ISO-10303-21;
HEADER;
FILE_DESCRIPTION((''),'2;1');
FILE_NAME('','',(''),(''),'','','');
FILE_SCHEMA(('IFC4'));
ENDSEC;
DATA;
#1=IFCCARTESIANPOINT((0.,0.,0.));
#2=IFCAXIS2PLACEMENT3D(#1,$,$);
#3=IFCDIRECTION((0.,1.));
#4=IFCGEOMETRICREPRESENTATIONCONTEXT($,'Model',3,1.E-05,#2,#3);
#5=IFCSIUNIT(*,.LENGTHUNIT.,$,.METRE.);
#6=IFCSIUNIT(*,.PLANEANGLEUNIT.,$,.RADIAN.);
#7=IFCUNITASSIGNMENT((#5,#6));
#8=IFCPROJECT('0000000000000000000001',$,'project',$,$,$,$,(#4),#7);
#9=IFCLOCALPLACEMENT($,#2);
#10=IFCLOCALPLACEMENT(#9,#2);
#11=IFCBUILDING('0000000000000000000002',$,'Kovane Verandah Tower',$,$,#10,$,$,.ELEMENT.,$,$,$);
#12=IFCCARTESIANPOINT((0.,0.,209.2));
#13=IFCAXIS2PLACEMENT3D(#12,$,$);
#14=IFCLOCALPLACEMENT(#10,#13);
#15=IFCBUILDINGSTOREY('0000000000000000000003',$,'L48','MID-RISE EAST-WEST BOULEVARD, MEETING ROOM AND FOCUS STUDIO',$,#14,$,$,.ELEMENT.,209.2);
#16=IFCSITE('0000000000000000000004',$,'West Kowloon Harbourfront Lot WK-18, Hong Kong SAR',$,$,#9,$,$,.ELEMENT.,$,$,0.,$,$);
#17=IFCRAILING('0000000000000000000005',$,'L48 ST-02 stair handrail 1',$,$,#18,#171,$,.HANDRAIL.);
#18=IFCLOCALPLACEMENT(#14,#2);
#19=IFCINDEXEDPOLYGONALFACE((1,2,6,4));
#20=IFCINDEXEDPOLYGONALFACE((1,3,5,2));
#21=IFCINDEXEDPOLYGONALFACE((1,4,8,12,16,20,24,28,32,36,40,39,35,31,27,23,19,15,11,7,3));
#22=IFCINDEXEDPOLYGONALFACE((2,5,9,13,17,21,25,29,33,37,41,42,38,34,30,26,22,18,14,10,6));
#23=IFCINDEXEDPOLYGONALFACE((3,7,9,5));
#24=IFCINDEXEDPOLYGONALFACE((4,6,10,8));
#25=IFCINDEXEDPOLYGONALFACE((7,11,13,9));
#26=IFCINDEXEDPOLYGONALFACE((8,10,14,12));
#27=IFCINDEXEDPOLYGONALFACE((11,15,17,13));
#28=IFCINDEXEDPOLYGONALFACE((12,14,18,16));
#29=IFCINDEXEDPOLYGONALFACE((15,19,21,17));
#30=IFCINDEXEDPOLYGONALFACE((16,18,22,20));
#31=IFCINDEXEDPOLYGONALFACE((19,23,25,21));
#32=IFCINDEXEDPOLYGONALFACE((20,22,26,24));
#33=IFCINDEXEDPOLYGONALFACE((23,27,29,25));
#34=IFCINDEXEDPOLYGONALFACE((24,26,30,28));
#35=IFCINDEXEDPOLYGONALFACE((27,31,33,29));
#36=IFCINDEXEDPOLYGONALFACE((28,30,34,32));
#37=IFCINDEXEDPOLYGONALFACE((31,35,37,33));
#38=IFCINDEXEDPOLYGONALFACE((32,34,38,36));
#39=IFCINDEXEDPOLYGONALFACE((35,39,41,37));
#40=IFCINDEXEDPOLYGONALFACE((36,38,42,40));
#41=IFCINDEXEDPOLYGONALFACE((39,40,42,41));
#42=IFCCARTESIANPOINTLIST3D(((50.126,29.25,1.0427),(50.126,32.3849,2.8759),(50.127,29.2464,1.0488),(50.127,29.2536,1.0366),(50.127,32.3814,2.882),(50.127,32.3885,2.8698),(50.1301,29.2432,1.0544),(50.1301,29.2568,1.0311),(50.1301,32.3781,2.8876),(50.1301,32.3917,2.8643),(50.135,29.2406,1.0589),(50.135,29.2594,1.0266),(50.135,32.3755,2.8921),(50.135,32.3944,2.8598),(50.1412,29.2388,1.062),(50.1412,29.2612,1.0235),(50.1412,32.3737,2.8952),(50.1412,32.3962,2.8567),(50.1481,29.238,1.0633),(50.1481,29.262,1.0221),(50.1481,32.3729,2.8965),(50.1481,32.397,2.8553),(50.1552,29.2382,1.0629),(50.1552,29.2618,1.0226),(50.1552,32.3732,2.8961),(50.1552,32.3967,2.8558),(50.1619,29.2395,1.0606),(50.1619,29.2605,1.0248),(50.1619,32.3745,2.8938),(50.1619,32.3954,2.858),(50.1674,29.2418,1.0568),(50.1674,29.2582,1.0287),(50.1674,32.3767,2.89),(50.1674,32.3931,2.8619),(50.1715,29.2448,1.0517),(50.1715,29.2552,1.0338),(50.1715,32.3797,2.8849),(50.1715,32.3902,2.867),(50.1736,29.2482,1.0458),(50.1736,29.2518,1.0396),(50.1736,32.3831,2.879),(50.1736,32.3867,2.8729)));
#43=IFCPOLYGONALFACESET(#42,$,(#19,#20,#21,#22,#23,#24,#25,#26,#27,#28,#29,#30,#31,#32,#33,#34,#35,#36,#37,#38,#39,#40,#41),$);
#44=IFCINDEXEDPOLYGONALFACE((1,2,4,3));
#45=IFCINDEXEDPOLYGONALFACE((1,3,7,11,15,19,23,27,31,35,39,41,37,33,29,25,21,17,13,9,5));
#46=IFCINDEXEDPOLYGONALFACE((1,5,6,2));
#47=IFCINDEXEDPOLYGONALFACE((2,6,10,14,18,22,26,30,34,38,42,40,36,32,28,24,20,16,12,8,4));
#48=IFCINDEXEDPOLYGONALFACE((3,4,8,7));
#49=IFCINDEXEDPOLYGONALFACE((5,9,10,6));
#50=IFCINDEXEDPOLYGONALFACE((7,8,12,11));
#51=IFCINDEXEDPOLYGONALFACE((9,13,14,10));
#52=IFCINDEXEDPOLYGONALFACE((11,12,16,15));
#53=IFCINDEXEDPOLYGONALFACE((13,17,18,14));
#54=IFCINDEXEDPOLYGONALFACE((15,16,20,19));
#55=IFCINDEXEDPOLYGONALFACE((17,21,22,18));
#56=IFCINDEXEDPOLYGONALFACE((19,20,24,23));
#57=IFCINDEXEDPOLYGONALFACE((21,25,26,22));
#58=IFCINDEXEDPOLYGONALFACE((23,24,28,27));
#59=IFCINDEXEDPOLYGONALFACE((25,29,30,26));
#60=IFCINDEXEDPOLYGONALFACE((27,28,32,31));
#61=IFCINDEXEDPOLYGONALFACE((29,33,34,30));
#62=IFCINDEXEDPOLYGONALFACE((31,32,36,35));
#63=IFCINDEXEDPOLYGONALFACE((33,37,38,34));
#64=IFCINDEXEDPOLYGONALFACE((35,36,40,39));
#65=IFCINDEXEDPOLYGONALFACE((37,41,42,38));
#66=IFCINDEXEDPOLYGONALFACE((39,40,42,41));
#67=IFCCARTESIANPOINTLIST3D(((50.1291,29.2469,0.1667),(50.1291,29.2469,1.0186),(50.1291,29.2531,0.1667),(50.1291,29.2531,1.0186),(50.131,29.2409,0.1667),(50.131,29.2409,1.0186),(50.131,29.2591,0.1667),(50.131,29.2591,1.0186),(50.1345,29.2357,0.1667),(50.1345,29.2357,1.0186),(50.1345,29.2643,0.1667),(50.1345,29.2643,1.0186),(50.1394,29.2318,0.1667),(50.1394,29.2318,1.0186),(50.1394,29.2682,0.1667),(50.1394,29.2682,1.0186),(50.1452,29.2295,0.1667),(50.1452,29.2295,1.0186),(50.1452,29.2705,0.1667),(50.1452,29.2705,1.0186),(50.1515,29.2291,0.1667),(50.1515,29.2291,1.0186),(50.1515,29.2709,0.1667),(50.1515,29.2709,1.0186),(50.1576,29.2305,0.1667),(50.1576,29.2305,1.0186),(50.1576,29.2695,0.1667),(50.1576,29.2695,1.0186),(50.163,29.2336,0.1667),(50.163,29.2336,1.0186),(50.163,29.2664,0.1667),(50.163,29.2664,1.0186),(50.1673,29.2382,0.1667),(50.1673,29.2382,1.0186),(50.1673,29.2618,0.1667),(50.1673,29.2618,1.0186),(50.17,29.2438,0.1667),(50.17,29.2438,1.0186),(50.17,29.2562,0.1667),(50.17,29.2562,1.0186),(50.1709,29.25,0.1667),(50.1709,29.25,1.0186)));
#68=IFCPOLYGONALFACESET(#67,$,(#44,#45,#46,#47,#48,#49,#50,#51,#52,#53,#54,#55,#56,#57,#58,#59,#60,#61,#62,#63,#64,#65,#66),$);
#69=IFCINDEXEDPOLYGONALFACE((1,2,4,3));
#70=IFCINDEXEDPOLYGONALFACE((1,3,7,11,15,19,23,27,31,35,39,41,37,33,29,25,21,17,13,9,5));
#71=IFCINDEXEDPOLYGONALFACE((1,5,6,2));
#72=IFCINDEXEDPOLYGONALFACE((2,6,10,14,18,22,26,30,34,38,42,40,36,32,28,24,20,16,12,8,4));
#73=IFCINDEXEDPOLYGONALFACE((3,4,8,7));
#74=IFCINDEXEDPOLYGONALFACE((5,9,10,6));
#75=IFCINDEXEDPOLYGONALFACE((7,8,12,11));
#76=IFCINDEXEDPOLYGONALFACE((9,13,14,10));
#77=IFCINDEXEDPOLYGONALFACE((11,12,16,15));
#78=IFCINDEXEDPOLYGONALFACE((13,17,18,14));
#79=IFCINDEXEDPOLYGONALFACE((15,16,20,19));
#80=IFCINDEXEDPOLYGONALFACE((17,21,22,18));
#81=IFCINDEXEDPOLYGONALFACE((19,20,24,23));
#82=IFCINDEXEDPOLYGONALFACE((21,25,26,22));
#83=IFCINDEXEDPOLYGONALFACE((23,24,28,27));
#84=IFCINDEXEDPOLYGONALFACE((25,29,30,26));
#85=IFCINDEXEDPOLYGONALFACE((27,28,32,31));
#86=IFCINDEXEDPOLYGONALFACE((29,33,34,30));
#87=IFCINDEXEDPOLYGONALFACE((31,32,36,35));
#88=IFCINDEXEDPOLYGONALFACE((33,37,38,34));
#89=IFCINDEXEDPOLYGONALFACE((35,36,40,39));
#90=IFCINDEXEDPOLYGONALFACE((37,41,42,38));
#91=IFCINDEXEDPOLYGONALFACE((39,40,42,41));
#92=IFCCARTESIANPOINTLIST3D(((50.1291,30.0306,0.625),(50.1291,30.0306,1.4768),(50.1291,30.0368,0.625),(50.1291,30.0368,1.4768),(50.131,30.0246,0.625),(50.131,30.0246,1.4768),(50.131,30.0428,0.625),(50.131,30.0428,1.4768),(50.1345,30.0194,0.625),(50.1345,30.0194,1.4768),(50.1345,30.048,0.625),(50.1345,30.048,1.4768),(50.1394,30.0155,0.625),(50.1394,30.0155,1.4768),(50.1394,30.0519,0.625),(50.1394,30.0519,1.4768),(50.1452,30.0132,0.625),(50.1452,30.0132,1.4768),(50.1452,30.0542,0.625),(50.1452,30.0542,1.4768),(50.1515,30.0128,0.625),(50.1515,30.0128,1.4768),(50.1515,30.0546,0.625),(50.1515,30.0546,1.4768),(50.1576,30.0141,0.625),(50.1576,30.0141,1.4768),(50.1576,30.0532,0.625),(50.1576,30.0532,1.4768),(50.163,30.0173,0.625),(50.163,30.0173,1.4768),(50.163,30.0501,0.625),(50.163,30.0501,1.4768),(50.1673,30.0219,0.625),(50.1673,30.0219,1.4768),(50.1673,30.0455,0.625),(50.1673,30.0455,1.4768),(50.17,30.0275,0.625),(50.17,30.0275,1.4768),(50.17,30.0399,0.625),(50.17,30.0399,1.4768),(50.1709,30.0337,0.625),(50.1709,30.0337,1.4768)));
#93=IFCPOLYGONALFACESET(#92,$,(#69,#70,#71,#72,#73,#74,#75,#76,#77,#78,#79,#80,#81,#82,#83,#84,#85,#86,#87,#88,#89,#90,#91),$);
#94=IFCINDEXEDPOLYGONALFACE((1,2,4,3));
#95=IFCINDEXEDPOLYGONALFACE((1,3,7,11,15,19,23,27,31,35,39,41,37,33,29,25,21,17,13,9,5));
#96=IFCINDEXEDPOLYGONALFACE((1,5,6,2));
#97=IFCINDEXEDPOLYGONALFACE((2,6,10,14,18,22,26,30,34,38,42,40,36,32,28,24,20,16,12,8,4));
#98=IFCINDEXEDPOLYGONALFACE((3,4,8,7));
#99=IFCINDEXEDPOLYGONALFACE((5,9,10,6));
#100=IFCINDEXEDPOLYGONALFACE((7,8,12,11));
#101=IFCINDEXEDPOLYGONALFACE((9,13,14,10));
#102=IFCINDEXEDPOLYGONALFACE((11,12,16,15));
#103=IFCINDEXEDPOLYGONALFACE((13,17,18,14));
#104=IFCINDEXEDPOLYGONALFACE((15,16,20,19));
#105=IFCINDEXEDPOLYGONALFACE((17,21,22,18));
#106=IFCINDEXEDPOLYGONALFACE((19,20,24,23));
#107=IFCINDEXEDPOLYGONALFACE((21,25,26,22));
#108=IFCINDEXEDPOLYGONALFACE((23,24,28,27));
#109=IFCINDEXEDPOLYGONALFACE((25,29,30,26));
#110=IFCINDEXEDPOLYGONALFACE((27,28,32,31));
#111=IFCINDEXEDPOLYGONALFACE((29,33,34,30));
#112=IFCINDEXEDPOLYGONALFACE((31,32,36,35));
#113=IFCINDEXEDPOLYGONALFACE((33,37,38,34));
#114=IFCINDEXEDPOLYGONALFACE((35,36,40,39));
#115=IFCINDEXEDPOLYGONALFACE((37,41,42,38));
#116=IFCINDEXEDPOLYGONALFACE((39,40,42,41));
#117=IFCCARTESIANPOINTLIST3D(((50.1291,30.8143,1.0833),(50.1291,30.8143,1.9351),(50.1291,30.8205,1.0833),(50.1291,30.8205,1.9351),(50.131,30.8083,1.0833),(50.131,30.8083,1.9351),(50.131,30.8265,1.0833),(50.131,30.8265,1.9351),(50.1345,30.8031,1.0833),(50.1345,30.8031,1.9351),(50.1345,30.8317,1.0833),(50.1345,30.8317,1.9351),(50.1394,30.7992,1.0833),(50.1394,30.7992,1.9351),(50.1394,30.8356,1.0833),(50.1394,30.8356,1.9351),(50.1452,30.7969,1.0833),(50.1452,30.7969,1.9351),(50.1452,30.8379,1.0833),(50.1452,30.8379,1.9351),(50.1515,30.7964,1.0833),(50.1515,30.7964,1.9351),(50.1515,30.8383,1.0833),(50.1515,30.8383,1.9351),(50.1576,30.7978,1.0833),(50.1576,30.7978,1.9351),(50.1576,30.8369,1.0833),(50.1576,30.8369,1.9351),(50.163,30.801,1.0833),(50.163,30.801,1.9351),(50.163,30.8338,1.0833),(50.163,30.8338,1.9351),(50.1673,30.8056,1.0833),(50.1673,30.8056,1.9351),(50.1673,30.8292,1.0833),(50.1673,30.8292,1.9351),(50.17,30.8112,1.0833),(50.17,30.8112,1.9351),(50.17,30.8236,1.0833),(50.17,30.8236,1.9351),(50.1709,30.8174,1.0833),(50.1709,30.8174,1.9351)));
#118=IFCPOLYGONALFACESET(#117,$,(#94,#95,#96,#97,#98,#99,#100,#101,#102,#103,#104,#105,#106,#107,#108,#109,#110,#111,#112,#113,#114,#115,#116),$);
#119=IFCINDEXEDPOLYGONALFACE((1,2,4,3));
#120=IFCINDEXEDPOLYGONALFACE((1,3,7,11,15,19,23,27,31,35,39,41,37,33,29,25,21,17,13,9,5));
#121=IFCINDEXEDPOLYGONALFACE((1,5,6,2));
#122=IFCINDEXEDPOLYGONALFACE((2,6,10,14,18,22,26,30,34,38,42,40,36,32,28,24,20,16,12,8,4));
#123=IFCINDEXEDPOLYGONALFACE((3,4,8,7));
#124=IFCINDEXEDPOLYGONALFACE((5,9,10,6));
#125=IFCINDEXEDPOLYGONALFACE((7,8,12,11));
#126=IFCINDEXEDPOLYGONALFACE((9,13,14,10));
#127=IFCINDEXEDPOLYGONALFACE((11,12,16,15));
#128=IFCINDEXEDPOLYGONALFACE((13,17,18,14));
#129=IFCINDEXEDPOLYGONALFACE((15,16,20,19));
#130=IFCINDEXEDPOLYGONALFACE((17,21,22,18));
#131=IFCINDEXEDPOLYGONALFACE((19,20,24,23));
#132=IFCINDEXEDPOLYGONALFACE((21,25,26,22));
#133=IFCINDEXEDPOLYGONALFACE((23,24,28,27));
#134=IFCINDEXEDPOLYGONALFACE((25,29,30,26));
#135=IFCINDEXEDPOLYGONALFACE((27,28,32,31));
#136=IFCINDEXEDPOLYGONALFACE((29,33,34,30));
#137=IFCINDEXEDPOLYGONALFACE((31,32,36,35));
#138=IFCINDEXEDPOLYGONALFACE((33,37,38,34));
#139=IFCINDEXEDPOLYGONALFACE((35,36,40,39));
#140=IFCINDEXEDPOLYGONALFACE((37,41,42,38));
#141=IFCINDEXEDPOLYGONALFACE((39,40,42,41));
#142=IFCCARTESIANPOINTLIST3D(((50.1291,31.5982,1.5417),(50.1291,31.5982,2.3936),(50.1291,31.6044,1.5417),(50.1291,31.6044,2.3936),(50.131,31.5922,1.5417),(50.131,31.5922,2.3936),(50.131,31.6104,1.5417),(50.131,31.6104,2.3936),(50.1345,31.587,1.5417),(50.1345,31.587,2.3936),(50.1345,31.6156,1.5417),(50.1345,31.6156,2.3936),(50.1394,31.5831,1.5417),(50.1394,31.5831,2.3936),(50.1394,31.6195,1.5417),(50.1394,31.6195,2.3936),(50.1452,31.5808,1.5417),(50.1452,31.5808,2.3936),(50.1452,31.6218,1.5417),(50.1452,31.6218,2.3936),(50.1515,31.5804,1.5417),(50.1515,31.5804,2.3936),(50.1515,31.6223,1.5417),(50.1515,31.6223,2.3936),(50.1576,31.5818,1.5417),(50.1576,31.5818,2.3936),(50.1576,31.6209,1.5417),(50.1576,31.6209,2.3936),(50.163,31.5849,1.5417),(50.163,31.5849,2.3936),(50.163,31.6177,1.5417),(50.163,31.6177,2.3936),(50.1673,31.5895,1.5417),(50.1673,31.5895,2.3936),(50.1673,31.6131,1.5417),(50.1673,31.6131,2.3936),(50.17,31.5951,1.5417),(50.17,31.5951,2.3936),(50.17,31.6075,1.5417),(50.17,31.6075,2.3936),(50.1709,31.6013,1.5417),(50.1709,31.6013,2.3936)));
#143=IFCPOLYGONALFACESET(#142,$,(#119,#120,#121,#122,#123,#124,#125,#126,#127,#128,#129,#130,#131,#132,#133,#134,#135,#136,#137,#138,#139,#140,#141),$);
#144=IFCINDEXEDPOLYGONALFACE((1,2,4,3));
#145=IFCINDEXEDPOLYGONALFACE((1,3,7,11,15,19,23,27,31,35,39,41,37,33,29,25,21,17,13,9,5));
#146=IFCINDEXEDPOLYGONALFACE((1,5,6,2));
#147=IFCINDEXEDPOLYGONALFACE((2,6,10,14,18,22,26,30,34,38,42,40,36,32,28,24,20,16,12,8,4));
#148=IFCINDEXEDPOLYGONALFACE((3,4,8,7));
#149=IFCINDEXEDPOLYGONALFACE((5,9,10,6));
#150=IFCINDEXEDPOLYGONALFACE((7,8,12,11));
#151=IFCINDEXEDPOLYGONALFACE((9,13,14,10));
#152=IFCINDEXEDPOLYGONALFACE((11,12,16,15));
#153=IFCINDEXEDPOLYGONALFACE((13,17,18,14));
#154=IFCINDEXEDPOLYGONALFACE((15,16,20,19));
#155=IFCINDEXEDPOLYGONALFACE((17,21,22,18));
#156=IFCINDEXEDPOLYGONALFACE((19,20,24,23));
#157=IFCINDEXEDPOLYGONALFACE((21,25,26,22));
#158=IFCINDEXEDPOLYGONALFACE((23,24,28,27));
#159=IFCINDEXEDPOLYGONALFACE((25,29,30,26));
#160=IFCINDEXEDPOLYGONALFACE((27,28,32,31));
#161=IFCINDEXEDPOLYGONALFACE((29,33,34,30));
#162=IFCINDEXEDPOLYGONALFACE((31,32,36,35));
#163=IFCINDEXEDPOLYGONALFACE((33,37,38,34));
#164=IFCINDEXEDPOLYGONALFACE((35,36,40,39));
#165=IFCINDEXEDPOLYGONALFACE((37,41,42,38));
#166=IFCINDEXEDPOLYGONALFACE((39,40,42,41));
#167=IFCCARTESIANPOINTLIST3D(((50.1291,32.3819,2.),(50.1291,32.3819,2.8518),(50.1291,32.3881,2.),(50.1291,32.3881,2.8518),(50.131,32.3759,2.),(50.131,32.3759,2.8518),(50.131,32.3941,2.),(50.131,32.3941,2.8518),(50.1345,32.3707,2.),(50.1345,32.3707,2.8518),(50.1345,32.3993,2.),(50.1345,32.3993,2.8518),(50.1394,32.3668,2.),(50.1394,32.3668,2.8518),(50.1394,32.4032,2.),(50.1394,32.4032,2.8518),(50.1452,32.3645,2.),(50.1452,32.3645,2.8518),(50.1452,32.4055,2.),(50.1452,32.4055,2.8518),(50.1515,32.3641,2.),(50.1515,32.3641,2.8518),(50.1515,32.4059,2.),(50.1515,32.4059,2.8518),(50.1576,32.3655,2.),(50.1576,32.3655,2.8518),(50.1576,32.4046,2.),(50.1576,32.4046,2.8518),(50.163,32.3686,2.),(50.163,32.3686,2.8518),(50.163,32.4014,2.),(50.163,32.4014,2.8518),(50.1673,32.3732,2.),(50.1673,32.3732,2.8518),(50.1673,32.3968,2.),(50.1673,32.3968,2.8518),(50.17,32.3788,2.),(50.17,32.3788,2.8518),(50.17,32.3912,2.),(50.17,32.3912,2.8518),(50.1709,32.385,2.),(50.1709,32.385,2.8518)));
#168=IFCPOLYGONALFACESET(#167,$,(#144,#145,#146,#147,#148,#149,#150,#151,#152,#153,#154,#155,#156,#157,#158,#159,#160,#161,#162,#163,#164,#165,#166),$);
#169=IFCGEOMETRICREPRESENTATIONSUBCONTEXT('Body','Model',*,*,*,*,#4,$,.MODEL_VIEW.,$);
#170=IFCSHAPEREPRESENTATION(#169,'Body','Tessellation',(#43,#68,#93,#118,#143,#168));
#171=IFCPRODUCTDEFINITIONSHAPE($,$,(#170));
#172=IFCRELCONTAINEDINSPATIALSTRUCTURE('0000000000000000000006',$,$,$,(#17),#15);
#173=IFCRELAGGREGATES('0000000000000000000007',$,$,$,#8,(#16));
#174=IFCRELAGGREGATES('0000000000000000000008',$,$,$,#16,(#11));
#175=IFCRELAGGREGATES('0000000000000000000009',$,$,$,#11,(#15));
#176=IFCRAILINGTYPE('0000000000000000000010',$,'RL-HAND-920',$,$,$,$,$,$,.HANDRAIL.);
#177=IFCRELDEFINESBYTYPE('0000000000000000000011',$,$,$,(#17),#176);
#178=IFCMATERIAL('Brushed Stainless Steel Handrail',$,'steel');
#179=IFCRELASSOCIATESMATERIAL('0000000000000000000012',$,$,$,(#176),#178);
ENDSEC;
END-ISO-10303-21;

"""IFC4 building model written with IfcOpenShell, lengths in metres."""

from ifc_helpers import new_model, si_unit, direction, frame, origin, origin_2d, place, context, subcontext, project, spatial, circle, extrude, material, type_object, element, save


model = new_model("IFC4")

# Units and contexts
model_context = context("Model", 3, precision=1e-05, world=origin(), true_north=direction((0.0, 1.0)))
body_context = subcontext(model_context, "Body", "Model", "MODEL_VIEW")
ifc_project = project(units=[si_unit("LENGTHUNIT", "METRE"), si_unit("PLANEANGLEUNIT", "RADIAN")], contexts=[model_context])

# Site, building, storey
site_placement = place(None, origin())
site = spatial("IfcSite", under=ifc_project, at=site_placement, Name="West Kowloon Harbourfront Lot WK-18, Hong Kong SAR", CompositionType="ELEMENT", RefElevation=0.0)
building_placement = place(site_placement, origin())
building = spatial("IfcBuilding", under=site, at=building_placement, Name="Kovane Verandah Tower", CompositionType="ELEMENT")
storey_placement = place(building_placement, frame((0.0, 0.0, 209.2)))
storey = spatial("IfcBuildingStorey", under=building, at=storey_placement, Name="L48", Description="MID-RISE EAST-WEST BOULEVARD, MEETING ROOM AND FOCUS STUDIO", CompositionType="ELEMENT", Elevation=209.2)

# Railing
ifc_material_1 = material(Name="Brushed Stainless Steel Handrail", Category="steel")
railing_type_1 = type_object("IfcRailingType", Name="RL-HAND-920", PredefinedType="HANDRAIL", material=ifc_material_1)
railing_1_placement = place(storey_placement, frame((50.1499, 29.25, 0.1667)))
element("IfcRailing", 1, at=railing_1_placement, inside=storey, type_object=railing_type_1, Name="L48 ST-02 stair handrail 1", PredefinedType="HANDRAIL", context=body_context, shape_type="SweptSolid", body=[
    extrude(circle(Radius=0.0239, at=origin_2d()), frame((0.0, 0.0, 0.876), z_axis=(0.0, 0.86324, 0.504794), x_axis=(-1.0, 0.0, 0.0)), (0.0, 0.0, 1.0), 3.6316),
    extrude(circle(Radius=0.021, at=origin_2d()), origin(), (0.0, 0.0, 1.0), 0.8518),
    extrude(circle(Radius=0.021, at=origin_2d()), frame((0.0, 0.7837, 0.4583)), (0.0, 0.0, 1.0), 0.8518),
    extrude(circle(Radius=0.021, at=origin_2d()), frame((0.0, 1.5674, 0.9165)), (0.0, 0.0, 1.0), 0.8518),
    extrude(circle(Radius=0.021, at=origin_2d()), frame((0.0, 2.3513, 1.375)), (0.0, 0.0, 1.0), 0.8518),
    extrude(circle(Radius=0.021, at=origin_2d()), frame((0.0, 3.135, 1.8333)), (0.0, 0.0, 1.0), 0.8518),
])

save(model, "model.ifc")
